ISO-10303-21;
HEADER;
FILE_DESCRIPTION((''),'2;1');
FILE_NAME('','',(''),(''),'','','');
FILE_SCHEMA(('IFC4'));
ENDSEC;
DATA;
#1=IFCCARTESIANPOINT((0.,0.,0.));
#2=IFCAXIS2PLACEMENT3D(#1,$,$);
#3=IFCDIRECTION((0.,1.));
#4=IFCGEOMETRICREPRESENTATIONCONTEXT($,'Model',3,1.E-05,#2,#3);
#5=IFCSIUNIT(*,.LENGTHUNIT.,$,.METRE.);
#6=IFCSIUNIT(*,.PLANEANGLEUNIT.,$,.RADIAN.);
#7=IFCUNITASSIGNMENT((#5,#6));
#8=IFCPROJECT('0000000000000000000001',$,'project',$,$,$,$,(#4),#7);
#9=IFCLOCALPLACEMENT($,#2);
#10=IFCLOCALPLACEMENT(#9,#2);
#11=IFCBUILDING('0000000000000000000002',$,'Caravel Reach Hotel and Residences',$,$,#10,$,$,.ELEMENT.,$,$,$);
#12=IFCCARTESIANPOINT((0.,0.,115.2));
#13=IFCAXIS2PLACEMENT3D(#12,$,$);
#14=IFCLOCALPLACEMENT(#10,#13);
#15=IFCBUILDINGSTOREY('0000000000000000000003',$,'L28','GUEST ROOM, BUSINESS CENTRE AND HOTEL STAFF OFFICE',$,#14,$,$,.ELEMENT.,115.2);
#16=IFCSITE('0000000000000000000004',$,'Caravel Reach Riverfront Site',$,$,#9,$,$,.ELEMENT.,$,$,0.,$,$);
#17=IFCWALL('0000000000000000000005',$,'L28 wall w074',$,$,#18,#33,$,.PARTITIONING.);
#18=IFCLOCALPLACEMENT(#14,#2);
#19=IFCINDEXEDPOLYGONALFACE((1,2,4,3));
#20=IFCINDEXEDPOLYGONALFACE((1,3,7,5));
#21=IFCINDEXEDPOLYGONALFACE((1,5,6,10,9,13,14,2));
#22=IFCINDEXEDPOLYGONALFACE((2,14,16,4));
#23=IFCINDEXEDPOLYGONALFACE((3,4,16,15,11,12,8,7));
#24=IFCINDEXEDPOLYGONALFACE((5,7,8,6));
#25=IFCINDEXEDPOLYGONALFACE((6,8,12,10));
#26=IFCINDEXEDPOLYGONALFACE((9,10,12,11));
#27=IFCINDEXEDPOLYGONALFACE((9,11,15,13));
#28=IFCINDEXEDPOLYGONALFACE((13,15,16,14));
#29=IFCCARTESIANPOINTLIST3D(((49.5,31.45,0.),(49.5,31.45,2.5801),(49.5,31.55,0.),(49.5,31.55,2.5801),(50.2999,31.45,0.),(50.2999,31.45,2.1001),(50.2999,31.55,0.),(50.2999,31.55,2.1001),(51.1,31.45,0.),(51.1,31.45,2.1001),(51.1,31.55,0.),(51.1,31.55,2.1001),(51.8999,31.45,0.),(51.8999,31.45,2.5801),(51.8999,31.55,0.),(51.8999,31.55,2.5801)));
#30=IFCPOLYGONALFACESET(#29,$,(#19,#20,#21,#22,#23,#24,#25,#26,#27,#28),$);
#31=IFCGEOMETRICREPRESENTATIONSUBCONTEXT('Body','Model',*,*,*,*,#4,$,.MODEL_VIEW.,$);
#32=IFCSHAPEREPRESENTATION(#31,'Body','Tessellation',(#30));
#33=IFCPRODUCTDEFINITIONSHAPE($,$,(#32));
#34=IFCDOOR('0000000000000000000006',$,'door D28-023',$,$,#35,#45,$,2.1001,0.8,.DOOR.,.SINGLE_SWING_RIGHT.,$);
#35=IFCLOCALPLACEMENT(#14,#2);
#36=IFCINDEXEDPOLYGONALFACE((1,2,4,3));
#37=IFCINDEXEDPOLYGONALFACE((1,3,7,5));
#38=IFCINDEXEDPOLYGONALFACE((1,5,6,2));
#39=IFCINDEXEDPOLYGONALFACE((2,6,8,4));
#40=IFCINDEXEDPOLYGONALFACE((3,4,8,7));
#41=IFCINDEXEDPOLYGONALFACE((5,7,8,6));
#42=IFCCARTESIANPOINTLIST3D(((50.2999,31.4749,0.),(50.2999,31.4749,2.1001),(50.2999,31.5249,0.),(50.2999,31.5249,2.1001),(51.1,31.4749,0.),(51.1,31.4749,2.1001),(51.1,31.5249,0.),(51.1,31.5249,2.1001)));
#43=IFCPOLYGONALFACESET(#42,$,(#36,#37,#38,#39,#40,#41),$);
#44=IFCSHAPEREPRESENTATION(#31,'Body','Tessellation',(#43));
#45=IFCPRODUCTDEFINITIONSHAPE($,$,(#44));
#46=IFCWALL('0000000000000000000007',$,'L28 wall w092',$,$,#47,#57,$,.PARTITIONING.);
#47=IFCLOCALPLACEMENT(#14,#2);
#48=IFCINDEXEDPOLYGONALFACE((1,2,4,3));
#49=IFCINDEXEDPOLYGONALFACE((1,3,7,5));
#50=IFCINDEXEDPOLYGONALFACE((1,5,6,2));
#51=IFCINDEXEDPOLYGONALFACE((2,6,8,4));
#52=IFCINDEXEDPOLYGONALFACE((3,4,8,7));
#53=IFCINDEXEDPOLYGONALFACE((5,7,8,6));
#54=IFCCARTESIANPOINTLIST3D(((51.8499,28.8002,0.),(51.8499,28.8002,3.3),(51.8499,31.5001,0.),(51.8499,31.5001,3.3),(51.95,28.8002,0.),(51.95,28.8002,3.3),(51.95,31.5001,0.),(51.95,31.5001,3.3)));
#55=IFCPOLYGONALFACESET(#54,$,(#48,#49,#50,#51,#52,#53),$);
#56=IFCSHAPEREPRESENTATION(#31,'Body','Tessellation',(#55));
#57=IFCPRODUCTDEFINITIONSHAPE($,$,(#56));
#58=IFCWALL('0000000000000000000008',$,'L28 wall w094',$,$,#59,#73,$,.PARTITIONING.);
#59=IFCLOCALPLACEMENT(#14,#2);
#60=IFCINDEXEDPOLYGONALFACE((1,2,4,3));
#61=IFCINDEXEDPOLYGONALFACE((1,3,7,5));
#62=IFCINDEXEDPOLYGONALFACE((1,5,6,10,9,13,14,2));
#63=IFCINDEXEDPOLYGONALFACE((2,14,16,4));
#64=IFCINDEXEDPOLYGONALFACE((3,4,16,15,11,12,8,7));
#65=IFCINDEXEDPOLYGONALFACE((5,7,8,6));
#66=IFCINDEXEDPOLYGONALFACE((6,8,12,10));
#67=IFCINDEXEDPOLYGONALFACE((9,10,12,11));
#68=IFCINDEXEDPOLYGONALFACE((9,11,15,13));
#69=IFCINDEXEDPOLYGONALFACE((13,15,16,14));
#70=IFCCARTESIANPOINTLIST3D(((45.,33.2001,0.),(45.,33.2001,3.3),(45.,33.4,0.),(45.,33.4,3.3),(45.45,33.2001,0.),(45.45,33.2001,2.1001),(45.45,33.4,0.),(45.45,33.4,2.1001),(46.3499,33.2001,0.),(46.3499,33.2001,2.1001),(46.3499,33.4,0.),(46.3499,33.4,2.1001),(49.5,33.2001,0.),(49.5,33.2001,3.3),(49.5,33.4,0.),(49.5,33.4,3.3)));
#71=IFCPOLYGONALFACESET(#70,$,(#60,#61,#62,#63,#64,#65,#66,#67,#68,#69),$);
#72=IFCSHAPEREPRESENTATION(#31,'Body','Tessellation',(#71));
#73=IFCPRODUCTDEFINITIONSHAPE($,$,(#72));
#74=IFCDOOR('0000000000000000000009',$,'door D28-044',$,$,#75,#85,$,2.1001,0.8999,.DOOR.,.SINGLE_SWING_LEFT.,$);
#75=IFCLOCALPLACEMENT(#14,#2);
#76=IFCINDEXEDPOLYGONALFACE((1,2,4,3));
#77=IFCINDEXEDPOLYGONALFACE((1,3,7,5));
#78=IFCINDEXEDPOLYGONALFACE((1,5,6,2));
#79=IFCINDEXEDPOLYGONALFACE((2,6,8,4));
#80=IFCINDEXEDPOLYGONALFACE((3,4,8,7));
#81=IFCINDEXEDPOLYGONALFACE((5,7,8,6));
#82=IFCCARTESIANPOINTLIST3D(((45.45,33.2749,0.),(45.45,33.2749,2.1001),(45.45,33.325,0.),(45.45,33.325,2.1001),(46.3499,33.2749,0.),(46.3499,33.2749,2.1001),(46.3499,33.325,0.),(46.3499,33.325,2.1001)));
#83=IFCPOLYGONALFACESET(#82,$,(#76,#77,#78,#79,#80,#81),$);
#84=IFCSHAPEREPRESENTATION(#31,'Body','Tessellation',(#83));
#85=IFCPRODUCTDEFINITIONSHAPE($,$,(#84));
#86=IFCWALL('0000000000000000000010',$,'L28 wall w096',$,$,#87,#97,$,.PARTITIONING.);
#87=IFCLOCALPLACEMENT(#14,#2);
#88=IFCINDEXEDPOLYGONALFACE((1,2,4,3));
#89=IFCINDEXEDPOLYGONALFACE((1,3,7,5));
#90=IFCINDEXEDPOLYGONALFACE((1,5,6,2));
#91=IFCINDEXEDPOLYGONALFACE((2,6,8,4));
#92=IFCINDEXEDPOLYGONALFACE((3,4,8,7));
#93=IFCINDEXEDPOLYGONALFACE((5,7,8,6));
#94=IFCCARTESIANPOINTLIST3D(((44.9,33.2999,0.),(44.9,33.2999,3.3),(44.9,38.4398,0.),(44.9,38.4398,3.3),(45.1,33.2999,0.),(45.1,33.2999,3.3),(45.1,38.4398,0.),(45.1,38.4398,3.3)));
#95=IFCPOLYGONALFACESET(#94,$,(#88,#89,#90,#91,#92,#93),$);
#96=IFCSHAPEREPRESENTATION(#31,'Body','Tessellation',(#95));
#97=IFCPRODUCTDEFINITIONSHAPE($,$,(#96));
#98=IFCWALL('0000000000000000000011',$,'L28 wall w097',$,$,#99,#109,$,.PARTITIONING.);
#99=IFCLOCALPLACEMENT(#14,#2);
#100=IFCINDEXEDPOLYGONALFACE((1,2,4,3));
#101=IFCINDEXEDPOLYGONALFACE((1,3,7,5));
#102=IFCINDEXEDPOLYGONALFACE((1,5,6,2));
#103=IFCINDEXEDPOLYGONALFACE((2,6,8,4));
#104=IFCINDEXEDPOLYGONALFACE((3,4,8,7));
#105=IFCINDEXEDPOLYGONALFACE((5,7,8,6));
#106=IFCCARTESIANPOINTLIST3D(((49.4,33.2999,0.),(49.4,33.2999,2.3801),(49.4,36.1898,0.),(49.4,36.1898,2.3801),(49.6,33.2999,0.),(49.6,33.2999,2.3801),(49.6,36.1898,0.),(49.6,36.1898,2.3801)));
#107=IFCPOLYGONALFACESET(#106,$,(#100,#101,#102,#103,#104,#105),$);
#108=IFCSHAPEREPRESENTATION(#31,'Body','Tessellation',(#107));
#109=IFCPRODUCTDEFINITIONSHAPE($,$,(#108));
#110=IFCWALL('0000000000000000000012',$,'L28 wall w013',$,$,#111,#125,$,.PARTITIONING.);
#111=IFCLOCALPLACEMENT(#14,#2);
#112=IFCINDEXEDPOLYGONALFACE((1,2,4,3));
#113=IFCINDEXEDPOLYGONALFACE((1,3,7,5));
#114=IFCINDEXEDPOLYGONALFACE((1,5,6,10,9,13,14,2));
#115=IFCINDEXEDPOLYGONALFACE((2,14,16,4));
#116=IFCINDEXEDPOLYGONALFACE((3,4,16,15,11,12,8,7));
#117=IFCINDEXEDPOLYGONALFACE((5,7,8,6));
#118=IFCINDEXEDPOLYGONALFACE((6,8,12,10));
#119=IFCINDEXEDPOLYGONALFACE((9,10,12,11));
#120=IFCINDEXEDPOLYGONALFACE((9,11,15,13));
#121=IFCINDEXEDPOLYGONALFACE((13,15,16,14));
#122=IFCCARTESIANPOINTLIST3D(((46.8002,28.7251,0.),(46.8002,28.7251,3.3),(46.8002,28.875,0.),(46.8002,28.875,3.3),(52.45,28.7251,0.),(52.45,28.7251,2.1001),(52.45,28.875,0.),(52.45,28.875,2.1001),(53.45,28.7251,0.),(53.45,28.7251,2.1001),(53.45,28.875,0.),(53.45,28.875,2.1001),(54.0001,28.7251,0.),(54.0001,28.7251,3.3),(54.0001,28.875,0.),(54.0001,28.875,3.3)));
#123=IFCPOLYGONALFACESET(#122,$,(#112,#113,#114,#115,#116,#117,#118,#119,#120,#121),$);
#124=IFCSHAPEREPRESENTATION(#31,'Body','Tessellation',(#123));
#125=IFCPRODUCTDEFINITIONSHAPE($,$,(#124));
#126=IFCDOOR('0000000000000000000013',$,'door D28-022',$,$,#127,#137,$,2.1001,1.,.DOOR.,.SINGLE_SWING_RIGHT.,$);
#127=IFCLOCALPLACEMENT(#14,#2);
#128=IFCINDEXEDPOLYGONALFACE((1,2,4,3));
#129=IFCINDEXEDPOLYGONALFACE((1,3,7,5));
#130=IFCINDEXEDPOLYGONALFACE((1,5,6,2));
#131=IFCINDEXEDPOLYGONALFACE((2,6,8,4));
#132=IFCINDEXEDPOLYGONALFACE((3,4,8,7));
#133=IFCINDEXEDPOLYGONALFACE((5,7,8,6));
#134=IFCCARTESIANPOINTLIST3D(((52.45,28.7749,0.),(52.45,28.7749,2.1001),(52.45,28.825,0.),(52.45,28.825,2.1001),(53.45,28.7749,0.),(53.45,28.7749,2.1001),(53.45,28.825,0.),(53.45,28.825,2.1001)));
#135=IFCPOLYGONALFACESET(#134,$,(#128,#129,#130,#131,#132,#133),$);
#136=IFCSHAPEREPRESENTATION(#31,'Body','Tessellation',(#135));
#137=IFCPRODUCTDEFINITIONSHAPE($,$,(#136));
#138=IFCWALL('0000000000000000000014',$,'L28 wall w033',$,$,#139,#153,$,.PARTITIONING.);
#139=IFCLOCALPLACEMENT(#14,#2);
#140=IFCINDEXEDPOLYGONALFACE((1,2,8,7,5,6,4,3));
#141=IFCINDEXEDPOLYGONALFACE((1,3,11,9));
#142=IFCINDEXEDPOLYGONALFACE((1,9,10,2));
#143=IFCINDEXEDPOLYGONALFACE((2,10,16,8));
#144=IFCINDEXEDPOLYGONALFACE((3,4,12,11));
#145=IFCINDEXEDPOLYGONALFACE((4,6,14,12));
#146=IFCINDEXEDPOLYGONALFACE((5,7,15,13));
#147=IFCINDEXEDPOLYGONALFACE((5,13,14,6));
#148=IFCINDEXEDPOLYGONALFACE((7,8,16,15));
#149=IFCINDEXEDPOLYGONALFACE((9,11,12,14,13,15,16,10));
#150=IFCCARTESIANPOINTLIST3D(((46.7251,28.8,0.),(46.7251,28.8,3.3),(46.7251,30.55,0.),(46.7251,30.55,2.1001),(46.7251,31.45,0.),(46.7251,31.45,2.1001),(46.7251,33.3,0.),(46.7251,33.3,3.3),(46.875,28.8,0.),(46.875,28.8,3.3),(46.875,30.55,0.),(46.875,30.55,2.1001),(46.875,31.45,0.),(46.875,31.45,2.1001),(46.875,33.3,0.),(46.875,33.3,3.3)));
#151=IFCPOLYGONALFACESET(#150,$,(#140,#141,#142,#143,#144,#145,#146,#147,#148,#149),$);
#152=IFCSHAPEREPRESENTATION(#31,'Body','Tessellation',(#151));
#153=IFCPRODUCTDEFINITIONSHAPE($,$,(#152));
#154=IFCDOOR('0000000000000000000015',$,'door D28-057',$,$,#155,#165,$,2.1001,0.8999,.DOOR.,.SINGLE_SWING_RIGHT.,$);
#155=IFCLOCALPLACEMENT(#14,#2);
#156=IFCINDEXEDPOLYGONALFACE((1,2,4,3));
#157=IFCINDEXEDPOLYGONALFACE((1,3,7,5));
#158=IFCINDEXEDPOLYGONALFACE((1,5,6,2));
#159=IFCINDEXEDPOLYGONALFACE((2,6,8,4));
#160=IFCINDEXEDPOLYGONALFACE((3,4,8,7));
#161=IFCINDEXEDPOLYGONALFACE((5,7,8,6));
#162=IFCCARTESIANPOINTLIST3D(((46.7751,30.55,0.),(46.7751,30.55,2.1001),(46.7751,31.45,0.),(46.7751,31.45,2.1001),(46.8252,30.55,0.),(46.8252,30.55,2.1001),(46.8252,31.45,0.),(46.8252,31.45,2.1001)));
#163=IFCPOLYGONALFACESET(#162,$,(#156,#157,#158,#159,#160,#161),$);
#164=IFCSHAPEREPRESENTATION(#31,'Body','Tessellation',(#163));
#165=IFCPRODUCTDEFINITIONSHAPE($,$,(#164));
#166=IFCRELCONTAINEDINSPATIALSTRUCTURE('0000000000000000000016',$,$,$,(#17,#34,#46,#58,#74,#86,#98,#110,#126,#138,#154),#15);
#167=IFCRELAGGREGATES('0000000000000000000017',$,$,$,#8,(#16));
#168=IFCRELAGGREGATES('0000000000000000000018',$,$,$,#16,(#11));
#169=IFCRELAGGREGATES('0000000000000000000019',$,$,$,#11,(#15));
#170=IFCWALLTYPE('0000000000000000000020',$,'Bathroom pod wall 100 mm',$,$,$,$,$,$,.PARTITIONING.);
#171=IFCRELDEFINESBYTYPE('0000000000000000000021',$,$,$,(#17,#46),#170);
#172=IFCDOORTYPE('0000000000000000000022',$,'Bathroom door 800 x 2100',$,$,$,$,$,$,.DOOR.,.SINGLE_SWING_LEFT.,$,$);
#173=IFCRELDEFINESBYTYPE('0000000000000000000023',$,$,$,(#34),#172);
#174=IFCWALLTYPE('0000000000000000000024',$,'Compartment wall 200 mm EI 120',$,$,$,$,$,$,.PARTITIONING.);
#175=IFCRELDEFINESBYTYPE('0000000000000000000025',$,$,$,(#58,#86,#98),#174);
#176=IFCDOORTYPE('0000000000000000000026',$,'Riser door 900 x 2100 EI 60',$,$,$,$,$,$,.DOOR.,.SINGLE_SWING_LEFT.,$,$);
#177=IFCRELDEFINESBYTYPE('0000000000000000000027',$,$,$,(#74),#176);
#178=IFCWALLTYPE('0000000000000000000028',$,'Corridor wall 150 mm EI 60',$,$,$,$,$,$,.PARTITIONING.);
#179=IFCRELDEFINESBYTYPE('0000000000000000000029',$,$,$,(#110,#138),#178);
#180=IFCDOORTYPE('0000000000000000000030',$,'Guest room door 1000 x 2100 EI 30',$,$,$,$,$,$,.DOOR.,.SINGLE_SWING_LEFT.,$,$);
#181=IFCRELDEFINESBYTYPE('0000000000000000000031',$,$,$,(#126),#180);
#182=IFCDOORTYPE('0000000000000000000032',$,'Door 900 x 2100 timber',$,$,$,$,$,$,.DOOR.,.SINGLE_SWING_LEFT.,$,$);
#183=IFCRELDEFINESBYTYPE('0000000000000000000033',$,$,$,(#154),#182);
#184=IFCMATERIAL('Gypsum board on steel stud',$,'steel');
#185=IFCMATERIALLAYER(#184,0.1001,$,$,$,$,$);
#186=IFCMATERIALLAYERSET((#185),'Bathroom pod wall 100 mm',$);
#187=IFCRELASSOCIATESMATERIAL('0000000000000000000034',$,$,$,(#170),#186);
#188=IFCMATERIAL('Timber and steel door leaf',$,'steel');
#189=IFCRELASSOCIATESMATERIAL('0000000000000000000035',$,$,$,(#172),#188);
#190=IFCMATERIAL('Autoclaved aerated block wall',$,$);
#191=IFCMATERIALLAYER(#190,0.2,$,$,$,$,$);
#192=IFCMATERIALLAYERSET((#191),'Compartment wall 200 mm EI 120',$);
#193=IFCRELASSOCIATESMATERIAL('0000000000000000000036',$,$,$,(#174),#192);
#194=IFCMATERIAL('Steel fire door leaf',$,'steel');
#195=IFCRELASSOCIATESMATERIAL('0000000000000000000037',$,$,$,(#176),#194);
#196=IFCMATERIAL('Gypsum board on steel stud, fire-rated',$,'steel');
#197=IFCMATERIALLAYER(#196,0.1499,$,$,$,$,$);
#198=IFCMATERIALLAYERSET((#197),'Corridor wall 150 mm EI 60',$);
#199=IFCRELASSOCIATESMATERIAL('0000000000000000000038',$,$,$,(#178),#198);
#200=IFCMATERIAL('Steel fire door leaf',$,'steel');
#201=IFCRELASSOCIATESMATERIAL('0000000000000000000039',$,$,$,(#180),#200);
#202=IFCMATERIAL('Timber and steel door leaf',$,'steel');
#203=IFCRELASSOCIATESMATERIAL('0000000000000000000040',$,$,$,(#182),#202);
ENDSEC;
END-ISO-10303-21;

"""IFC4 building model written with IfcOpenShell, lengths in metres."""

from ifc_helpers import new_model, si_unit, direction, frame, frame_2d, origin, place, context, subcontext, project, spatial, rectangle, extrude, material, layer, layer_set, type_object, element, fill, save


model = new_model("IFC4")

# Units and contexts
model_context = context("Model", 3, precision=1e-05, world=origin(), true_north=direction((0.0, 1.0)))
body_context = subcontext(model_context, "Body", "Model", "MODEL_VIEW")
ifc_project = project(units=[si_unit("LENGTHUNIT", "METRE"), si_unit("PLANEANGLEUNIT", "RADIAN")], contexts=[model_context])

# Site, building, storey
site_placement = place(None, origin())
site = spatial("IfcSite", under=ifc_project, at=site_placement, Name="Caravel Reach Riverfront Site", CompositionType="ELEMENT", RefElevation=0.0)
building_placement = place(site_placement, origin())
building = spatial("IfcBuilding", under=site, at=building_placement, Name="Caravel Reach Hotel and Residences", CompositionType="ELEMENT")
storey_placement = place(building_placement, frame((0.0, 0.0, 115.2)))
storey = spatial("IfcBuildingStorey", under=building, at=storey_placement, Name="L28", Description="GUEST ROOM, BUSINESS CENTRE AND HOTEL STAFF OFFICE", CompositionType="ELEMENT", Elevation=115.2)

# Wall, opening, door
ifc_material_1 = material(Name="Gypsum board on steel stud", Category="steel")
ifc_layer_1 = layer(ifc_material_1, 0.1001)
ifc_layer_set_1 = layer_set([ifc_layer_1], Name="Bathroom pod wall 100 mm")
wall_type_1 = type_object("IfcWallType", Name="Bathroom pod wall 100 mm", PredefinedType="PARTITIONING", material=ifc_layer_set_1)
wall_1_placement = place(storey_placement, frame((49.5, 31.5, 0.0), z_axis=(0.0, 0.0, 1.0), x_axis=(1.0, 0.0, 0.0)))
wall_1 = element("IfcWall", 1, at=wall_1_placement, inside=storey, type_object=wall_type_1, Name="L28 wall w074", PredefinedType="PARTITIONING", context=body_context, shape_type="SweptSolid", body=[
    extrude(rectangle(XDim=2.3999, YDim=0.1001, at=frame_2d((1.2, 0.0))), origin(), (0.0, 0.0, 1.0), 2.5801),
])
opening_1_placement = place(wall_1_placement, frame((0.8, 0.0, 0.0)))
opening_1 = element("IfcOpeningElement", 2, at=opening_1_placement, cuts=wall_1, PredefinedType="OPENING", context=body_context, shape_type="SweptSolid", body=[
    extrude(rectangle(XDim=0.8, YDim=2.1001, at=frame_2d((0.3999, 1.05))), frame((0.0, 0.0601, 0.0), z_axis=(0.0, -1.0, 0.0), x_axis=(1.0, 0.0, 0.0)), (0.0, 0.0, 1.0), 0.1201),
])
ifc_material_2 = material(Name="Timber and steel door leaf", Category="steel")
door_type_1 = type_object("IfcDoorType", Name="Bathroom door 800 x 2100", OperationType="SINGLE_SWING_LEFT", PredefinedType="DOOR", material=ifc_material_2)
door_1_placement = place(opening_1_placement, origin())
door_1 = element("IfcDoor", 3, at=door_1_placement, inside=storey, type_object=door_type_1, Name="door D28-023", OperationType="SINGLE_SWING_RIGHT", OverallHeight=2.1001, OverallWidth=0.8, PredefinedType="DOOR", context=body_context, shape_type="SweptSolid", body=[
    extrude(rectangle(XDim=0.8, YDim=2.1001, at=frame_2d((0.3999, 1.05))), frame((0.0, 0.0249, 0.0), z_axis=(0.0, -1.0, 0.0), x_axis=(1.0, 0.0, 0.0)), (0.0, 0.0, 1.0), 0.05),
])
fill(opening_1, door_1)

# Wall
wall_2_placement = place(storey_placement, frame((51.8999, 28.8, 0.0), z_axis=(0.0, 0.0, 1.0), x_axis=(0.0, 1.0, 0.0)))
element("IfcWall", 4, at=wall_2_placement, inside=storey, type_object=wall_type_1, Name="L28 wall w092", PredefinedType="PARTITIONING", context=body_context, shape_type="SweptSolid", body=[
    extrude(rectangle(XDim=2.7, YDim=0.1001, at=frame_2d((1.3501, 0.0))), origin(), (0.0, 0.0, 1.0), 3.3),
])

# Wall, opening, door
ifc_material_3 = material(Name="Autoclaved aerated block wall")
ifc_layer_2 = layer(ifc_material_3, 0.2)
ifc_layer_set_2 = layer_set([ifc_layer_2], Name="Compartment wall 200 mm EI 120")
wall_type_2 = type_object("IfcWallType", Name="Compartment wall 200 mm EI 120", PredefinedType="PARTITIONING", material=ifc_layer_set_2)
wall_3_placement = place(storey_placement, frame((45.0, 33.3, 0.0), z_axis=(0.0, 0.0, 1.0), x_axis=(1.0, 0.0, 0.0)))
wall_3 = element("IfcWall", 5, at=wall_3_placement, inside=storey, type_object=wall_type_2, Name="L28 wall w094", PredefinedType="PARTITIONING", context=body_context, shape_type="SweptSolid", body=[
    extrude(rectangle(XDim=4.5, YDim=0.2, at=frame_2d((2.25, 0.0))), origin(), (0.0, 0.0, 1.0), 3.3),
])
opening_2_placement = place(wall_3_placement, frame((0.45, 0.0, 0.0)))
opening_2 = element("IfcOpeningElement", 6, at=opening_2_placement, cuts=wall_3, PredefinedType="OPENING", context=body_context, shape_type="SweptSolid", body=[
    extrude(rectangle(XDim=0.8999, YDim=2.1001, at=frame_2d((0.45, 1.05))), frame((0.0, 0.1099, 0.0), z_axis=(0.0, -1.0, 0.0), x_axis=(1.0, 0.0, 0.0)), (0.0, 0.0, 1.0), 0.22),
])
ifc_material_4 = material(Name="Steel fire door leaf", Category="steel")
door_type_2 = type_object("IfcDoorType", Name="Riser door 900 x 2100 EI 60", OperationType="SINGLE_SWING_LEFT", PredefinedType="DOOR", material=ifc_material_4)
door_2_placement = place(opening_2_placement, origin())
door_2 = element("IfcDoor", 7, at=door_2_placement, inside=storey, type_object=door_type_2, Name="door D28-044", OperationType="SINGLE_SWING_LEFT", OverallHeight=2.1001, OverallWidth=0.8999, PredefinedType="DOOR", context=body_context, shape_type="SweptSolid", body=[
    extrude(rectangle(XDim=0.8999, YDim=2.1001, at=frame_2d((0.45, 1.05))), frame((0.0, 0.0249, 0.0), z_axis=(0.0, -1.0, 0.0), x_axis=(1.0, 0.0, 0.0)), (0.0, 0.0, 1.0), 0.05),
])
fill(opening_2, door_2)

# Walls
wall_4_placement = place(storey_placement, frame((45.0, 33.3, 0.0), z_axis=(0.0, 0.0, 1.0), x_axis=(0.0, 1.0, 0.0)))
element("IfcWall", 8, at=wall_4_placement, inside=storey, type_object=wall_type_2, Name="L28 wall w096", PredefinedType="PARTITIONING", context=body_context, shape_type="SweptSolid", body=[
    extrude(rectangle(XDim=5.1399, YDim=0.2, at=frame_2d((2.5698, 0.0))), origin(), (0.0, 0.0, 1.0), 3.3),
])
wall_5_placement = place(storey_placement, frame((49.5, 33.3, 0.0), z_axis=(0.0, 0.0, 1.0), x_axis=(0.0, 1.0, 0.0)))
element("IfcWall", 9, at=wall_5_placement, inside=storey, type_object=wall_type_2, Name="L28 wall w097", PredefinedType="PARTITIONING", context=body_context, shape_type="SweptSolid", body=[
    extrude(rectangle(XDim=2.8899, YDim=0.2, at=frame_2d((1.4448, 0.0))), origin(), (0.0, 0.0, 1.0), 2.3801),
])

# Walls, openings, doors
ifc_material_5 = material(Name="Gypsum board on steel stud, fire-rated", Category="steel")
ifc_layer_3 = layer(ifc_material_5, 0.1499)
ifc_layer_set_3 = layer_set([ifc_layer_3], Name="Corridor wall 150 mm EI 60")
wall_type_3 = type_object("IfcWallType", Name="Corridor wall 150 mm EI 60", PredefinedType="PARTITIONING", material=ifc_layer_set_3)
wall_6_placement = place(storey_placement, frame((46.8, 28.8, 0.0), z_axis=(0.0, 0.0, 1.0), x_axis=(1.0, 0.0, 0.0)))
wall_6 = element("IfcWall", 10, at=wall_6_placement, inside=storey, type_object=wall_type_3, Name="L28 wall w013", PredefinedType="PARTITIONING", context=body_context, shape_type="SweptSolid", body=[
    extrude(rectangle(XDim=7.2, YDim=0.1499, at=frame_2d((3.6001, 0.0))), origin(), (0.0, 0.0, 1.0), 3.3),
])
opening_3_placement = place(wall_6_placement, frame((5.6499, 0.0, 0.0)))
opening_3 = element("IfcOpeningElement", 11, at=opening_3_placement, cuts=wall_6, PredefinedType="OPENING", context=body_context, shape_type="SweptSolid", body=[
    extrude(rectangle(XDim=1.0, YDim=2.1001, at=frame_2d((0.5, 1.05))), frame((0.0, 0.085, 0.0), z_axis=(0.0, -1.0, 0.0), x_axis=(1.0, 0.0, 0.0)), (0.0, 0.0, 1.0), 0.1699),
])
ifc_material_6 = material(Name="Steel fire door leaf", Category="steel")
door_type_3 = type_object("IfcDoorType", Name="Guest room door 1000 x 2100 EI 30", OperationType="SINGLE_SWING_LEFT", PredefinedType="DOOR", material=ifc_material_6)
door_3_placement = place(opening_3_placement, origin())
door_3 = element("IfcDoor", 12, at=door_3_placement, inside=storey, type_object=door_type_3, Name="door D28-022", OperationType="SINGLE_SWING_RIGHT", OverallHeight=2.1001, OverallWidth=1.0, PredefinedType="DOOR", context=body_context, shape_type="SweptSolid", body=[
    extrude(rectangle(XDim=1.0, YDim=2.1001, at=frame_2d((0.5, 1.05))), frame((0.0, 0.0249, 0.0), z_axis=(0.0, -1.0, 0.0), x_axis=(1.0, 0.0, 0.0)), (0.0, 0.0, 1.0), 0.05),
])
fill(opening_3, door_3)
wall_7_placement = place(storey_placement, frame((46.8, 28.8, 0.0), z_axis=(0.0, 0.0, 1.0), x_axis=(0.0, 1.0, 0.0)))
wall_7 = element("IfcWall", 13, at=wall_7_placement, inside=storey, type_object=wall_type_3, Name="L28 wall w033", PredefinedType="PARTITIONING", context=body_context, shape_type="SweptSolid", body=[
    extrude(rectangle(XDim=4.5, YDim=0.1499, at=frame_2d((2.25, 0.0))), origin(), (0.0, 0.0, 1.0), 3.3),
])
opening_4_placement = place(wall_7_placement, frame((1.75, 0.0, 0.0)))
opening_4 = element("IfcOpeningElement", 14, at=opening_4_placement, cuts=wall_7, PredefinedType="OPENING", context=body_context, shape_type="SweptSolid", body=[
    extrude(rectangle(XDim=0.8999, YDim=2.1001, at=frame_2d((0.45, 1.05))), frame((0.0, 0.085, 0.0), z_axis=(0.0, -1.0, 0.0), x_axis=(1.0, 0.0, 0.0)), (0.0, 0.0, 1.0), 0.1699),
])
ifc_material_7 = material(Name="Timber and steel door leaf", Category="steel")
door_type_4 = type_object("IfcDoorType", Name="Door 900 x 2100 timber", OperationType="SINGLE_SWING_LEFT", PredefinedType="DOOR", material=ifc_material_7)
door_4_placement = place(opening_4_placement, origin())
door_4 = element("IfcDoor", 15, at=door_4_placement, inside=storey, type_object=door_type_4, Name="door D28-057", OperationType="SINGLE_SWING_RIGHT", OverallHeight=2.1001, OverallWidth=0.8999, PredefinedType="DOOR", context=body_context, shape_type="SweptSolid", body=[
    extrude(rectangle(XDim=0.8999, YDim=2.1001, at=frame_2d((0.45, 1.05))), frame((0.0, 0.0249, 0.0), z_axis=(0.0, -1.0, 0.0), x_axis=(1.0, 0.0, 0.0)), (0.0, 0.0, 1.0), 0.05),
])
fill(opening_4, door_4)

save(model, "model.ifc")
